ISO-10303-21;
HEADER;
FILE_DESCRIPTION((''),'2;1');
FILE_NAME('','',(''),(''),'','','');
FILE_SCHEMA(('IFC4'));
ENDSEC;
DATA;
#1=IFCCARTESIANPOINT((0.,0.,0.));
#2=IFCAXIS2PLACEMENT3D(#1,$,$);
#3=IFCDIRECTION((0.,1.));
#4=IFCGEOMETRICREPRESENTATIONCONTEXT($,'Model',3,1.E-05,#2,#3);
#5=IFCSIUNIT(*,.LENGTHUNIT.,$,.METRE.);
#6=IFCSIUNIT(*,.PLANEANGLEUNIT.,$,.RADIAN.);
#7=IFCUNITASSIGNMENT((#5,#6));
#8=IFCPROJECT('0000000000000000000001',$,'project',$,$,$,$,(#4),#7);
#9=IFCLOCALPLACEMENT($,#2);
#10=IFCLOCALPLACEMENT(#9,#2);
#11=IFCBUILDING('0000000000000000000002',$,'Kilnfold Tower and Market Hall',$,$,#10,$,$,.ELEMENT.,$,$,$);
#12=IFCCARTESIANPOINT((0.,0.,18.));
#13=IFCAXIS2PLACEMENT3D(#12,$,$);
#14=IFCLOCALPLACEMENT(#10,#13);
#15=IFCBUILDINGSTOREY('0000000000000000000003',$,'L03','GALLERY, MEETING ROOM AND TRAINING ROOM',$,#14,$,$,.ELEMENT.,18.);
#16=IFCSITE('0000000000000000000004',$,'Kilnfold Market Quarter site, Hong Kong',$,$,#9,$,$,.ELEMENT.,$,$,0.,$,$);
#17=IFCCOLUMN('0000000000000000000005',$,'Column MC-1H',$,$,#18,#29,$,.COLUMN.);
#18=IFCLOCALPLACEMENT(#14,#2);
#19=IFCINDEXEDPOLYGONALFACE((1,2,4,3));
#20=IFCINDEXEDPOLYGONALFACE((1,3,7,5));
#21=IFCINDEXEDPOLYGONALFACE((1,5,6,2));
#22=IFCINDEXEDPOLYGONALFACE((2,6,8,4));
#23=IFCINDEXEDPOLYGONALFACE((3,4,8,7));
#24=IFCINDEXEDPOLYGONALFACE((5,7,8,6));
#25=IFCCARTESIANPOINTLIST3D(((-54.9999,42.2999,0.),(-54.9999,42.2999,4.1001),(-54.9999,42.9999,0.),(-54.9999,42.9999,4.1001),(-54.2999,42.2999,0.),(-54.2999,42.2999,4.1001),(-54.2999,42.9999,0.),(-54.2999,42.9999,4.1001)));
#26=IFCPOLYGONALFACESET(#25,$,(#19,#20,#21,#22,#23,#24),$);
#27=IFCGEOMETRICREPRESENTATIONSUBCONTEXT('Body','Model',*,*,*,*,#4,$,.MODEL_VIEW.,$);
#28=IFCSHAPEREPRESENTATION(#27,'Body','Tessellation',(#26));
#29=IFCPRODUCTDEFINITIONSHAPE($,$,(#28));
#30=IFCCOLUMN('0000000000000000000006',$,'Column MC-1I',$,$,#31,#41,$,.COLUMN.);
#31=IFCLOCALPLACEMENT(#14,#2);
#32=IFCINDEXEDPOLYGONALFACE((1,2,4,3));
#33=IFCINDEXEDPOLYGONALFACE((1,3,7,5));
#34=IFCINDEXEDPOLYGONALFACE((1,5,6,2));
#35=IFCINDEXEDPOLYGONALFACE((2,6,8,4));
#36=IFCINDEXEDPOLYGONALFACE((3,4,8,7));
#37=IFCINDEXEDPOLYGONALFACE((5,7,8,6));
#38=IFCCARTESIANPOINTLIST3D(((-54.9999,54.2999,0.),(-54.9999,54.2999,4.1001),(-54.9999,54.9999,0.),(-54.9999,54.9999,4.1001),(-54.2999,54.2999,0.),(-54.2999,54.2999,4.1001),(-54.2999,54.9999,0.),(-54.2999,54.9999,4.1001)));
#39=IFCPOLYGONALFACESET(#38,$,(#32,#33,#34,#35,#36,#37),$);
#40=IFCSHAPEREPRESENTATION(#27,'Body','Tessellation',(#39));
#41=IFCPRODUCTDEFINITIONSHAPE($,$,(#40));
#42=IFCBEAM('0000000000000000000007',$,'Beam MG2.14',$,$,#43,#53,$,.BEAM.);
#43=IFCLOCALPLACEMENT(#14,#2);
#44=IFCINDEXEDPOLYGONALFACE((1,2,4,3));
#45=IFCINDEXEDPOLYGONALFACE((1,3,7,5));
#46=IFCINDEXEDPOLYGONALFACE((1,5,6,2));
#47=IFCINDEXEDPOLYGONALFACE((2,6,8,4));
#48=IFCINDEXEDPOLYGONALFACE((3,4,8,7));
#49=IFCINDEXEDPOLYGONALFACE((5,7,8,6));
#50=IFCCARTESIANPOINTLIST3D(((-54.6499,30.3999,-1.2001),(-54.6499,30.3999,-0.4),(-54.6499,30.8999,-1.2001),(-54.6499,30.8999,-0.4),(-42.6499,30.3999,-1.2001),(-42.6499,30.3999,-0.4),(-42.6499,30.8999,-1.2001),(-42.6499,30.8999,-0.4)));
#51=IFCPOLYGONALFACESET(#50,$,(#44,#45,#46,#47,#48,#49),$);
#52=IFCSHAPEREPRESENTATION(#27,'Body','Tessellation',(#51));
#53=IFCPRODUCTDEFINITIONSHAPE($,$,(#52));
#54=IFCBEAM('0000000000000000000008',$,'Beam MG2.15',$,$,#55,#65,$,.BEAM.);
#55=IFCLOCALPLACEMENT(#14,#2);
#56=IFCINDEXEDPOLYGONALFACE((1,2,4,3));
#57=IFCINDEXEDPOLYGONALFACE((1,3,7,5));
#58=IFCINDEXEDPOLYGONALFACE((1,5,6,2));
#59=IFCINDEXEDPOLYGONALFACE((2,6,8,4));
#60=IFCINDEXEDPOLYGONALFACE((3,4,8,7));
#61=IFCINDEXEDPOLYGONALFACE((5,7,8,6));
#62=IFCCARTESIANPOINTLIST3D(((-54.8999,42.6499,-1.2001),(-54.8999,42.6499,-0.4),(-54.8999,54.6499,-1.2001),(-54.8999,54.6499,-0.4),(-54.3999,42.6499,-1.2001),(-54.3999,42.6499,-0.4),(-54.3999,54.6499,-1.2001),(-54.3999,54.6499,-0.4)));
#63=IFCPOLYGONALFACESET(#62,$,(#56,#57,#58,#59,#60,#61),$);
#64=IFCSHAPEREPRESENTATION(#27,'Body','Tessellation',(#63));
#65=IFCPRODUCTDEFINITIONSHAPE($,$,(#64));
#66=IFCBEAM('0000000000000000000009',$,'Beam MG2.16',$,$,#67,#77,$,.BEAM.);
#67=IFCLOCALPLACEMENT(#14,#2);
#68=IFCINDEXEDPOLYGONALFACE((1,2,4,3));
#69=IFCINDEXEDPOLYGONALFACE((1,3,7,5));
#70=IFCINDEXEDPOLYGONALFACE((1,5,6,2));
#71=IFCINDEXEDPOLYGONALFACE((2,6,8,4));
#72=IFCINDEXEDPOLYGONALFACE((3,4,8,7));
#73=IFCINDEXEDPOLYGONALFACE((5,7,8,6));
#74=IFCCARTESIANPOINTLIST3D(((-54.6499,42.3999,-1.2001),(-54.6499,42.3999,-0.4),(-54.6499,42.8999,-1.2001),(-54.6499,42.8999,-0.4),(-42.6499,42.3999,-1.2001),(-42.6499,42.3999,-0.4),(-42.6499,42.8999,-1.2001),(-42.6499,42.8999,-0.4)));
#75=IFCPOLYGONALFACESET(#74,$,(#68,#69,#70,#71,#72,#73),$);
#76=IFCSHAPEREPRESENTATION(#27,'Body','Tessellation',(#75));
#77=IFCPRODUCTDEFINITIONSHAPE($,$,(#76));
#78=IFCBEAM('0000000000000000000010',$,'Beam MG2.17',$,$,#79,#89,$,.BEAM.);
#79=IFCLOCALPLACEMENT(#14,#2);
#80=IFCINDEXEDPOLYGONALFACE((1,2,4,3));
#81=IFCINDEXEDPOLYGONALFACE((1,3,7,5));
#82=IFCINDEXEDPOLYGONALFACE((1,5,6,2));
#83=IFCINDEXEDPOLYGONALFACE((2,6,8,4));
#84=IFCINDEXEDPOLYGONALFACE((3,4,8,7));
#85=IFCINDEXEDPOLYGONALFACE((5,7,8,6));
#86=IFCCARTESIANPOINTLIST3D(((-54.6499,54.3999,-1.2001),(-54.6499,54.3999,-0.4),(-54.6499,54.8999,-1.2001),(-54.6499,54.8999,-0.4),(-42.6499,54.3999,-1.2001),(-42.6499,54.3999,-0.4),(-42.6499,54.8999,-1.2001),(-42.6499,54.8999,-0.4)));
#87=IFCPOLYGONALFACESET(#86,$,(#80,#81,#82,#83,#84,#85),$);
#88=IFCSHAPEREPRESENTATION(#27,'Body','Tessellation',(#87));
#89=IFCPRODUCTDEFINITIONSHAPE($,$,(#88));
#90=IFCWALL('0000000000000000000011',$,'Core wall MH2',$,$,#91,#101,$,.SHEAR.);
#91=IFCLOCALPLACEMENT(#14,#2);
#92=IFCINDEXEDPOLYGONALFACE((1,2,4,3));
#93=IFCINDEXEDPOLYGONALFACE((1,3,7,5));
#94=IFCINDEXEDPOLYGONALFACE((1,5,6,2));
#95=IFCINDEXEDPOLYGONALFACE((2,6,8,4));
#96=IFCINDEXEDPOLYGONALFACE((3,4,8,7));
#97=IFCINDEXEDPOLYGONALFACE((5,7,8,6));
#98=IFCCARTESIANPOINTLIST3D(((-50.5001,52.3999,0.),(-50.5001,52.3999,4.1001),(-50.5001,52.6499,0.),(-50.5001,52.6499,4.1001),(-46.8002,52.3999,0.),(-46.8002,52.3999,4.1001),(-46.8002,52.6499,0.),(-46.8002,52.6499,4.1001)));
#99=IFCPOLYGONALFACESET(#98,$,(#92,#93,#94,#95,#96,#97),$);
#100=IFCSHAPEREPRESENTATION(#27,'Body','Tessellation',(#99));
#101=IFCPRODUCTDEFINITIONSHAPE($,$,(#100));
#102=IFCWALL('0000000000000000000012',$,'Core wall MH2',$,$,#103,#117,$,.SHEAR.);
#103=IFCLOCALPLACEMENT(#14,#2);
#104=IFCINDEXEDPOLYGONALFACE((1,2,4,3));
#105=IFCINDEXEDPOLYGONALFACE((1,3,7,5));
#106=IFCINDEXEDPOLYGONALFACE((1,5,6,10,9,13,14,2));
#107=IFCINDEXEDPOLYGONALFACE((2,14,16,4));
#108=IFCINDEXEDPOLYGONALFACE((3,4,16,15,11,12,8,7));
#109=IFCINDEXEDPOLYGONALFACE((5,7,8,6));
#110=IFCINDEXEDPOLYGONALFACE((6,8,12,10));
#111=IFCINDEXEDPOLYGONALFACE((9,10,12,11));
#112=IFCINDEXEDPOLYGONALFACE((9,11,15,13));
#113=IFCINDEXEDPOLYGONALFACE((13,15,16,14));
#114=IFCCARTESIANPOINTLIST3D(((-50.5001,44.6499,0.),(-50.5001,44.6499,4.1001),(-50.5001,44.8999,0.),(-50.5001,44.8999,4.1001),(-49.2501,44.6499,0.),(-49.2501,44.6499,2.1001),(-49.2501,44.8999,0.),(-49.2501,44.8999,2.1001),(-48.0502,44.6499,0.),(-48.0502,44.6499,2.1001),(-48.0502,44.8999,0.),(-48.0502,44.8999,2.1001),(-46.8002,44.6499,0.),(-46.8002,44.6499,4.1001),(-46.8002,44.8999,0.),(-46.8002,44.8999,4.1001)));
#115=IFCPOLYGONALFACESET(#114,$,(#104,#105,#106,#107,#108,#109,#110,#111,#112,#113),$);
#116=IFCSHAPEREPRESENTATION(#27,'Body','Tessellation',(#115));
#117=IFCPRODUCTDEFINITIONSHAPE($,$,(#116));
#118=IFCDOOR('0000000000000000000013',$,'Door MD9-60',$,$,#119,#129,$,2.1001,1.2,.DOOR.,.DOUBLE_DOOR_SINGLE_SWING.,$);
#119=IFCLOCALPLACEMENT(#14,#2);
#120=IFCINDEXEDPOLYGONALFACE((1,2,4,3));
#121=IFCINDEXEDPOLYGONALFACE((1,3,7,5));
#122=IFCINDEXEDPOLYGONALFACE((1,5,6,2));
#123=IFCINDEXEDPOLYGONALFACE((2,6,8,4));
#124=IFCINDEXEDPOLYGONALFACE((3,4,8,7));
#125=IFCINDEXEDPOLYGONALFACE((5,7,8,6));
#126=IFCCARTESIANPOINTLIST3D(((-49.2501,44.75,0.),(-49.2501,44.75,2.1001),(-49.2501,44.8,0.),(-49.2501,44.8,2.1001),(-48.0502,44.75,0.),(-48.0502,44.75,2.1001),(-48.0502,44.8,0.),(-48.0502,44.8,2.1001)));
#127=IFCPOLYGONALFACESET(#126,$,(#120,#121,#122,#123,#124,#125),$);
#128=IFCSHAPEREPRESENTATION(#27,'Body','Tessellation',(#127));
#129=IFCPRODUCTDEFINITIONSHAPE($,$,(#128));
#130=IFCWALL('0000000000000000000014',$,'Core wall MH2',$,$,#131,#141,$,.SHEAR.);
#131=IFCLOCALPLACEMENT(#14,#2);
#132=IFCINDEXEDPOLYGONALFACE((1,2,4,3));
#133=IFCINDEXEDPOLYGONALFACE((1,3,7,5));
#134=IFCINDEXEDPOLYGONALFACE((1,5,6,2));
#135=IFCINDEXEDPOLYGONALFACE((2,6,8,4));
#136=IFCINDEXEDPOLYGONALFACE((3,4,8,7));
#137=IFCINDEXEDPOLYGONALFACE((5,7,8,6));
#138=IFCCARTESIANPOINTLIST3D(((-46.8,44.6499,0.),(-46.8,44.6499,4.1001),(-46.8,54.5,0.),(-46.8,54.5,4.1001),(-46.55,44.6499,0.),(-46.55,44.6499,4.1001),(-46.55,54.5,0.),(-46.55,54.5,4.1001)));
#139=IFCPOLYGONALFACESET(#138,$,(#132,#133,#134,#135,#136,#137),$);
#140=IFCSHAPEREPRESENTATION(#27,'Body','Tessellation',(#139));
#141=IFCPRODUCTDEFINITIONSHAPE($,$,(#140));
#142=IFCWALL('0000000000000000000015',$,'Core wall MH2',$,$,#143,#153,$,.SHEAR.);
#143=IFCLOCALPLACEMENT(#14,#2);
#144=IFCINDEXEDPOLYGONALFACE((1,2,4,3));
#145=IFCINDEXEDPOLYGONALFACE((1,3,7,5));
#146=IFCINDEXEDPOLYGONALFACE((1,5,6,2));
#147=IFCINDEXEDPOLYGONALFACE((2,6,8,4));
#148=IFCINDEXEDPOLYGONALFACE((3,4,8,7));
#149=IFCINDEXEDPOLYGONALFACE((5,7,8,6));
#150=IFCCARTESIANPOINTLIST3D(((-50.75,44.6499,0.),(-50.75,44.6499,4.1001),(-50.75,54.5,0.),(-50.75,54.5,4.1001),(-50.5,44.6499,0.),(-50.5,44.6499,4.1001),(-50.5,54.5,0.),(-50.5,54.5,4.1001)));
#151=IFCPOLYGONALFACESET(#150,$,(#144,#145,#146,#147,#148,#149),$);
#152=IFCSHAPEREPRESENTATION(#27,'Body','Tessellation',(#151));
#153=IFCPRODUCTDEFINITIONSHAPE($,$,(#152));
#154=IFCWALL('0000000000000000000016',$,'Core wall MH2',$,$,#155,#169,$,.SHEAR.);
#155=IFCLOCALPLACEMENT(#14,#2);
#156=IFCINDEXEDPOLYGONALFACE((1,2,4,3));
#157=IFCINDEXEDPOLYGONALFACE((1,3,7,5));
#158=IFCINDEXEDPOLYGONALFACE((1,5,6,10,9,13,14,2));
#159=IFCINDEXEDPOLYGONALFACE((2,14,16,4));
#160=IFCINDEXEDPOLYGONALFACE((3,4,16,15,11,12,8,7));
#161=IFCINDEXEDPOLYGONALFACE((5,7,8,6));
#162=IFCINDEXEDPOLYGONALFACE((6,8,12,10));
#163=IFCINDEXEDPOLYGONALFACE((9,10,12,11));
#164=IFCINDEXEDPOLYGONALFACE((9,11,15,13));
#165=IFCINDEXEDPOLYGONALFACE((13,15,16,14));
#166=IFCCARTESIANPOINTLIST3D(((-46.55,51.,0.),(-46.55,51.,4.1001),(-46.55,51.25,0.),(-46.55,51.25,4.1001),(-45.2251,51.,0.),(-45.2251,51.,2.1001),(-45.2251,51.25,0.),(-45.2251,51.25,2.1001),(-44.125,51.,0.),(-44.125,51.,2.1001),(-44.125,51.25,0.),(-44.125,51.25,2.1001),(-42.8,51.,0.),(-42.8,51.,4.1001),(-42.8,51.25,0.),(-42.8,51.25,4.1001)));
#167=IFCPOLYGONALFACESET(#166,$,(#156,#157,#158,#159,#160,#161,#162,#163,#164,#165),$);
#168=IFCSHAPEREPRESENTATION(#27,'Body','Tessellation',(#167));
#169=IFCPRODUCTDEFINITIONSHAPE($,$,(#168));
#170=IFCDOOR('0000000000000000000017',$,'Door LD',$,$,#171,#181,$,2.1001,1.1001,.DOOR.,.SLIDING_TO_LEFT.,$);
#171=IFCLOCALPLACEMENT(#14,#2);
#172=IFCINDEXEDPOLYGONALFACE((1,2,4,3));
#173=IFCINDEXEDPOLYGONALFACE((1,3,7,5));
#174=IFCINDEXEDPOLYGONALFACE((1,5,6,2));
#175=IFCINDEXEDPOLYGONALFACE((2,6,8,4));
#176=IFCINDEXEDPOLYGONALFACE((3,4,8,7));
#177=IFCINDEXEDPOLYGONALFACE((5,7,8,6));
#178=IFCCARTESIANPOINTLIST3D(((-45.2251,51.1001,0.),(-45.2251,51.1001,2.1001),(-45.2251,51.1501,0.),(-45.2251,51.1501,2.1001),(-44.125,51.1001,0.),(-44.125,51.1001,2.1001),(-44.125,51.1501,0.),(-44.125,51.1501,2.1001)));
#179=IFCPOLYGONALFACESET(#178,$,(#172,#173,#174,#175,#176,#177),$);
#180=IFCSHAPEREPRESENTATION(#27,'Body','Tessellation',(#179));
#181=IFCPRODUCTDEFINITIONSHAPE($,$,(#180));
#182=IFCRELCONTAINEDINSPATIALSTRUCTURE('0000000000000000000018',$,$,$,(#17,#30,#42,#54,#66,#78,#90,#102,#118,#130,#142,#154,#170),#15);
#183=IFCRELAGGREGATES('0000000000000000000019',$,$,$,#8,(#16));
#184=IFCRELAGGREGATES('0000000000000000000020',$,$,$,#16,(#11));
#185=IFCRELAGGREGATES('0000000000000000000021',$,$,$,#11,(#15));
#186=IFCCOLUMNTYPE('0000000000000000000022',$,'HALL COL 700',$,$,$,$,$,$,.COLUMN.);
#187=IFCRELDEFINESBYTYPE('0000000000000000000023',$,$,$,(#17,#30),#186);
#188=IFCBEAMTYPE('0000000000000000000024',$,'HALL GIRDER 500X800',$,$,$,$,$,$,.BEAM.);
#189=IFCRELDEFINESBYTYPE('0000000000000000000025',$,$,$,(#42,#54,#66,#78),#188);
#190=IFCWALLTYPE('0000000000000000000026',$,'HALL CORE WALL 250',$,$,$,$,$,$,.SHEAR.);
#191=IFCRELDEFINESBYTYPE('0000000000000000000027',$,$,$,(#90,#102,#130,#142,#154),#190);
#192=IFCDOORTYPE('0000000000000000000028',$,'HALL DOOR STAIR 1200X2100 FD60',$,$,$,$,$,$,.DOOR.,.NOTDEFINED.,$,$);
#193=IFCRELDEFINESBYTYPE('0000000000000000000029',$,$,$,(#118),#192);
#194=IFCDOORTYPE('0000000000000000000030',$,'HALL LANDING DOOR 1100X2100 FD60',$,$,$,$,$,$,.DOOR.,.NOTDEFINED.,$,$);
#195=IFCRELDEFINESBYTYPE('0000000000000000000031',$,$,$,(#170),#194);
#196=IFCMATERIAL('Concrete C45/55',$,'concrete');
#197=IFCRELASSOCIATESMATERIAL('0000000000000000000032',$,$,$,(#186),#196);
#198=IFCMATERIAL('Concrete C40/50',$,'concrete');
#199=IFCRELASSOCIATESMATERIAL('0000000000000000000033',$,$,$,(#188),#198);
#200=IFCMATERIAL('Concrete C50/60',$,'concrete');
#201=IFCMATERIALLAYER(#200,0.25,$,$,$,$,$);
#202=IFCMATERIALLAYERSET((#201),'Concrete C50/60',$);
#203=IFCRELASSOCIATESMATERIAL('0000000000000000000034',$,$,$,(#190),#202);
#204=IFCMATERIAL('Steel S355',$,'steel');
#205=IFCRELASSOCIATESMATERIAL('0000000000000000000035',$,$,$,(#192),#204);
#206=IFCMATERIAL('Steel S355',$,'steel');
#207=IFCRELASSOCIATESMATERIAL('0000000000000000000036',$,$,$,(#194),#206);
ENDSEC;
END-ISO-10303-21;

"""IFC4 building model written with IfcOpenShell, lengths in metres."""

from ifc_helpers import new_model, si_unit, direction, frame, frame_2d, origin, origin_2d, place, context, subcontext, project, spatial, rectangle, extrude, source, transform, mapped, material, layer, layer_set, material_profile, profile_set, type_object, element, fill, save


model = new_model("IFC4")

# Units and contexts
model_context = context("Model", 3, precision=1e-05, world=origin(), true_north=direction((0.0, 1.0)))
body_context = subcontext(model_context, "Body", "Model", "MODEL_VIEW")
ifc_project = project(units=[si_unit("LENGTHUNIT", "METRE"), si_unit("PLANEANGLEUNIT", "RADIAN")], contexts=[model_context])

# Site, building, storey
site_placement = place(None, origin())
site = spatial("IfcSite", under=ifc_project, at=site_placement, Name="Kilnfold Market Quarter site, Hong Kong", CompositionType="ELEMENT", RefElevation=0.0)
building_placement = place(site_placement, origin())
building = spatial("IfcBuilding", under=site, at=building_placement, Name="Kilnfold Tower and Market Hall", CompositionType="ELEMENT")
storey_placement = place(building_placement, frame((0.0, 0.0, 18.0)))
storey = spatial("IfcBuildingStorey", under=building, at=storey_placement, Name="L03", Description="GALLERY, MEETING ROOM AND TRAINING ROOM", CompositionType="ELEMENT", Elevation=18.0)

# Columns
ifc_material_1 = material(Name="Concrete C45/55", Category="concrete")
ifc_material_profile_1 = material_profile(ifc_material_1, rectangle(XDim=0.7, YDim=0.7, at=origin_2d()), Name="RC 700x700")
ifc_profile_set_1 = profile_set([ifc_material_profile_1], Name="Concrete C45/55")
column_type = type_object("IfcColumnType", Name="HALL COL 700", PredefinedType="COLUMN", material=ifc_profile_set_1)
shared_shape_1 = source(origin(), body_context, "Body", "SweptSolid", [
    extrude(rectangle(XDim=0.7, YDim=0.7, at=origin_2d()), origin(), (0.0, 0.0, 1.0), 4.1001),
])
for number, where, z_axis, x_axis, name in (
    (1, (-54.6499, 42.6499, 0.0), (0.0, 0.0, 1.0), (1.0, 0.0, 0.0), "Column MC-1H"),
    (2, (-54.6499, 54.6499, 0.0), (0.0, 0.0, 1.0), (1.0, 0.0, 0.0), "Column MC-1I"),
):
    element("IfcColumn", number, at=place(storey_placement, frame(where, z_axis=z_axis, x_axis=x_axis)), inside=storey, type_object=column_type, Name=name, PredefinedType="COLUMN", context=body_context, shape_type="MappedRepresentation", body=[
        mapped(shared_shape_1, transform((0.0, 0.0, 0.0))),
    ])

# Beams
ifc_material_2 = material(Name="Concrete C40/50", Category="concrete")
ifc_material_profile_2 = material_profile(ifc_material_2, rectangle(XDim=0.5, YDim=0.8, at=origin_2d()), Name="RC 500x800")
ifc_profile_set_2 = profile_set([ifc_material_profile_2], Name="Concrete C40/50")
beam_type = type_object("IfcBeamType", Name="HALL GIRDER 500X800", PredefinedType="BEAM", material=ifc_profile_set_2)
for number, where, z_axis, x_axis, name in (
    (3, (-54.6499, 30.6499, -0.8), (1.0, 0.0, 0.0), (0.0, 1.0, 0.0), "Beam MG2.14"),
    (4, (-54.6499, 42.6499, -0.8), (0.0, 1.0, 0.0), (-1.0, 0.0, 0.0), "Beam MG2.15"),
    (5, (-54.6499, 42.6499, -0.8), (1.0, 0.0, 0.0), (0.0, 1.0, 0.0), "Beam MG2.16"),
    (6, (-54.6499, 54.6499, -0.8), (1.0, 0.0, 0.0), (0.0, 1.0, 0.0), "Beam MG2.17"),
):
    element("IfcBeam", number, at=place(storey_placement, frame(where, z_axis=z_axis, x_axis=x_axis)), inside=storey, type_object=beam_type, Name=name, PredefinedType="BEAM", context=body_context, shape_type="SweptSolid", body=[
        extrude(rectangle(XDim=0.5, YDim=0.8, at=origin_2d()), origin(), (0.0, 0.0, 1.0), 12.0),
    ])

# Wall
ifc_material_3 = material(Name="Concrete C50/60", Category="concrete")
ifc_layer_1 = layer(ifc_material_3, 0.25)
ifc_layer_set_1 = layer_set([ifc_layer_1], Name="Concrete C50/60")
wall_type_1 = type_object("IfcWallType", Name="HALL CORE WALL 250", PredefinedType="SHEAR", material=ifc_layer_set_1)
shared_shape_2 = source(origin(), body_context, "Body", "SweptSolid", [
    extrude(rectangle(XDim=3.7, YDim=0.25, at=frame_2d((1.8501, 0.0))), origin(), (0.0, 0.0, 1.0), 4.1001),
])
wall_1_placement = place(storey_placement, frame((-46.8, 52.5249, 0.0), z_axis=(0.0, 0.0, 1.0), x_axis=(-1.0, 0.0, 0.0)))
element("IfcWall", 7, at=wall_1_placement, inside=storey, type_object=wall_type_1, Name="Core wall MH2", PredefinedType="SHEAR", context=body_context, shape_type="MappedRepresentation", body=[
    mapped(shared_shape_2, transform((0.0, 0.0, 0.0))),
])

# Wall, opening, door
wall_2_placement = place(storey_placement, frame((-46.8, 44.7749, 0.0), z_axis=(0.0, 0.0, 1.0), x_axis=(-1.0, 0.0, 0.0)))
wall_2 = element("IfcWall", 8, at=wall_2_placement, inside=storey, type_object=wall_type_1, Name="Core wall MH2", PredefinedType="SHEAR", context=body_context, shape_type="MappedRepresentation", body=[
    mapped(shared_shape_2, transform((0.0, 0.0, 0.0))),
])
opening_1_placement = place(wall_2_placement, frame((1.25, 0.0, 0.0)))
opening_1 = element("IfcOpeningElement", 9, at=opening_1_placement, cuts=wall_2, PredefinedType="OPENING", context=body_context, shape_type="SweptSolid", body=[
    extrude(rectangle(XDim=1.2, YDim=2.1001, at=frame_2d((0.6001, 1.05))), frame((0.0, 0.135, 0.0), z_axis=(0.0, -1.0, 0.0), x_axis=(1.0, 0.0, 0.0)), (0.0, 0.0, 1.0), 0.27),
])
ifc_material_4 = material(Name="Steel S355", Category="steel")
door_type_1 = type_object("IfcDoorType", Name="HALL DOOR STAIR 1200X2100 FD60", OperationType="NOTDEFINED", PredefinedType="DOOR", material=ifc_material_4)
door_1_placement = place(opening_1_placement, origin())
door_1 = element("IfcDoor", 10, at=door_1_placement, inside=storey, type_object=door_type_1, Name="Door MD9-60", OperationType="DOUBLE_DOOR_SINGLE_SWING", OverallHeight=2.1001, OverallWidth=1.2, PredefinedType="DOOR", context=body_context, shape_type="SweptSolid", body=[
    extrude(rectangle(XDim=1.2, YDim=2.1001, at=frame_2d((0.6001, 1.05))), frame((0.0, 0.0249, 0.0), z_axis=(0.0, -1.0, 0.0), x_axis=(1.0, 0.0, 0.0)), (0.0, 0.0, 1.0), 0.05),
])
fill(opening_1, door_1)

# Walls
shared_shape_3 = source(origin(), body_context, "Body", "SweptSolid", [
    extrude(rectangle(XDim=9.8501, YDim=0.25, at=frame_2d((4.925, 0.0))), origin(), (0.0, 0.0, 1.0), 4.1001),
])
for number, where, z_axis, x_axis, name in (
    (11, (-46.675, 54.5, 0.0), (0.0, 0.0, 1.0), (0.0, -1.0, 0.0), "Core wall MH2"),
    (12, (-50.625, 54.5, 0.0), (0.0, 0.0, 1.0), (0.0, -1.0, 0.0), "Core wall MH2"),
):
    element("IfcWall", number, at=place(storey_placement, frame(where, z_axis=z_axis, x_axis=x_axis)), inside=storey, type_object=wall_type_1, Name=name, PredefinedType="SHEAR", context=body_context, shape_type="MappedRepresentation", body=[
        mapped(shared_shape_3, transform((0.0, 0.0, 0.0))),
    ])

# Wall, opening, door
shared_shape_4 = source(origin(), body_context, "Body", "SweptSolid", [
    extrude(rectangle(XDim=3.75, YDim=0.25, at=frame_2d((1.875, 0.0))), origin(), (0.0, 0.0, 1.0), 4.1001),
])
wall_3_placement = place(storey_placement, frame((-42.8, 51.125, 0.0), z_axis=(0.0, 0.0, 1.0), x_axis=(-1.0, 0.0, 0.0)))
wall_3 = element("IfcWall", 13, at=wall_3_placement, inside=storey, type_object=wall_type_1, Name="Core wall MH2", PredefinedType="SHEAR", context=body_context, shape_type="MappedRepresentation", body=[
    mapped(shared_shape_4, transform((0.0, 0.0, 0.0))),
])
opening_2_placement = place(wall_3_placement, frame((1.325, 0.0, 0.0)))
opening_2 = element("IfcOpeningElement", 14, at=opening_2_placement, cuts=wall_3, PredefinedType="OPENING", context=body_context, shape_type="SweptSolid", body=[
    extrude(rectangle(XDim=1.1001, YDim=2.1001, at=frame_2d((0.55, 1.05))), frame((0.0, 0.135, 0.0), z_axis=(0.0, -1.0, 0.0), x_axis=(1.0, 0.0, 0.0)), (0.0, 0.0, 1.0), 0.27),
])
ifc_material_5 = material(Name="Steel S355", Category="steel")
door_type_2 = type_object("IfcDoorType", Name="HALL LANDING DOOR 1100X2100 FD60", OperationType="NOTDEFINED", PredefinedType="DOOR", material=ifc_material_5)
door_2_placement = place(opening_2_placement, origin())
door_2 = element("IfcDoor", 15, at=door_2_placement, inside=storey, type_object=door_type_2, Name="Door LD", OperationType="SLIDING_TO_LEFT", OverallHeight=2.1001, OverallWidth=1.1001, PredefinedType="DOOR", context=body_context, shape_type="SweptSolid", body=[
    extrude(rectangle(XDim=1.1001, YDim=2.1001, at=frame_2d((0.55, 1.05))), frame((0.0, 0.0249, 0.0), z_axis=(0.0, -1.0, 0.0), x_axis=(1.0, 0.0, 0.0)), (0.0, 0.0, 1.0), 0.05),
])
fill(opening_2, door_2)

save(model, "model.ifc")
